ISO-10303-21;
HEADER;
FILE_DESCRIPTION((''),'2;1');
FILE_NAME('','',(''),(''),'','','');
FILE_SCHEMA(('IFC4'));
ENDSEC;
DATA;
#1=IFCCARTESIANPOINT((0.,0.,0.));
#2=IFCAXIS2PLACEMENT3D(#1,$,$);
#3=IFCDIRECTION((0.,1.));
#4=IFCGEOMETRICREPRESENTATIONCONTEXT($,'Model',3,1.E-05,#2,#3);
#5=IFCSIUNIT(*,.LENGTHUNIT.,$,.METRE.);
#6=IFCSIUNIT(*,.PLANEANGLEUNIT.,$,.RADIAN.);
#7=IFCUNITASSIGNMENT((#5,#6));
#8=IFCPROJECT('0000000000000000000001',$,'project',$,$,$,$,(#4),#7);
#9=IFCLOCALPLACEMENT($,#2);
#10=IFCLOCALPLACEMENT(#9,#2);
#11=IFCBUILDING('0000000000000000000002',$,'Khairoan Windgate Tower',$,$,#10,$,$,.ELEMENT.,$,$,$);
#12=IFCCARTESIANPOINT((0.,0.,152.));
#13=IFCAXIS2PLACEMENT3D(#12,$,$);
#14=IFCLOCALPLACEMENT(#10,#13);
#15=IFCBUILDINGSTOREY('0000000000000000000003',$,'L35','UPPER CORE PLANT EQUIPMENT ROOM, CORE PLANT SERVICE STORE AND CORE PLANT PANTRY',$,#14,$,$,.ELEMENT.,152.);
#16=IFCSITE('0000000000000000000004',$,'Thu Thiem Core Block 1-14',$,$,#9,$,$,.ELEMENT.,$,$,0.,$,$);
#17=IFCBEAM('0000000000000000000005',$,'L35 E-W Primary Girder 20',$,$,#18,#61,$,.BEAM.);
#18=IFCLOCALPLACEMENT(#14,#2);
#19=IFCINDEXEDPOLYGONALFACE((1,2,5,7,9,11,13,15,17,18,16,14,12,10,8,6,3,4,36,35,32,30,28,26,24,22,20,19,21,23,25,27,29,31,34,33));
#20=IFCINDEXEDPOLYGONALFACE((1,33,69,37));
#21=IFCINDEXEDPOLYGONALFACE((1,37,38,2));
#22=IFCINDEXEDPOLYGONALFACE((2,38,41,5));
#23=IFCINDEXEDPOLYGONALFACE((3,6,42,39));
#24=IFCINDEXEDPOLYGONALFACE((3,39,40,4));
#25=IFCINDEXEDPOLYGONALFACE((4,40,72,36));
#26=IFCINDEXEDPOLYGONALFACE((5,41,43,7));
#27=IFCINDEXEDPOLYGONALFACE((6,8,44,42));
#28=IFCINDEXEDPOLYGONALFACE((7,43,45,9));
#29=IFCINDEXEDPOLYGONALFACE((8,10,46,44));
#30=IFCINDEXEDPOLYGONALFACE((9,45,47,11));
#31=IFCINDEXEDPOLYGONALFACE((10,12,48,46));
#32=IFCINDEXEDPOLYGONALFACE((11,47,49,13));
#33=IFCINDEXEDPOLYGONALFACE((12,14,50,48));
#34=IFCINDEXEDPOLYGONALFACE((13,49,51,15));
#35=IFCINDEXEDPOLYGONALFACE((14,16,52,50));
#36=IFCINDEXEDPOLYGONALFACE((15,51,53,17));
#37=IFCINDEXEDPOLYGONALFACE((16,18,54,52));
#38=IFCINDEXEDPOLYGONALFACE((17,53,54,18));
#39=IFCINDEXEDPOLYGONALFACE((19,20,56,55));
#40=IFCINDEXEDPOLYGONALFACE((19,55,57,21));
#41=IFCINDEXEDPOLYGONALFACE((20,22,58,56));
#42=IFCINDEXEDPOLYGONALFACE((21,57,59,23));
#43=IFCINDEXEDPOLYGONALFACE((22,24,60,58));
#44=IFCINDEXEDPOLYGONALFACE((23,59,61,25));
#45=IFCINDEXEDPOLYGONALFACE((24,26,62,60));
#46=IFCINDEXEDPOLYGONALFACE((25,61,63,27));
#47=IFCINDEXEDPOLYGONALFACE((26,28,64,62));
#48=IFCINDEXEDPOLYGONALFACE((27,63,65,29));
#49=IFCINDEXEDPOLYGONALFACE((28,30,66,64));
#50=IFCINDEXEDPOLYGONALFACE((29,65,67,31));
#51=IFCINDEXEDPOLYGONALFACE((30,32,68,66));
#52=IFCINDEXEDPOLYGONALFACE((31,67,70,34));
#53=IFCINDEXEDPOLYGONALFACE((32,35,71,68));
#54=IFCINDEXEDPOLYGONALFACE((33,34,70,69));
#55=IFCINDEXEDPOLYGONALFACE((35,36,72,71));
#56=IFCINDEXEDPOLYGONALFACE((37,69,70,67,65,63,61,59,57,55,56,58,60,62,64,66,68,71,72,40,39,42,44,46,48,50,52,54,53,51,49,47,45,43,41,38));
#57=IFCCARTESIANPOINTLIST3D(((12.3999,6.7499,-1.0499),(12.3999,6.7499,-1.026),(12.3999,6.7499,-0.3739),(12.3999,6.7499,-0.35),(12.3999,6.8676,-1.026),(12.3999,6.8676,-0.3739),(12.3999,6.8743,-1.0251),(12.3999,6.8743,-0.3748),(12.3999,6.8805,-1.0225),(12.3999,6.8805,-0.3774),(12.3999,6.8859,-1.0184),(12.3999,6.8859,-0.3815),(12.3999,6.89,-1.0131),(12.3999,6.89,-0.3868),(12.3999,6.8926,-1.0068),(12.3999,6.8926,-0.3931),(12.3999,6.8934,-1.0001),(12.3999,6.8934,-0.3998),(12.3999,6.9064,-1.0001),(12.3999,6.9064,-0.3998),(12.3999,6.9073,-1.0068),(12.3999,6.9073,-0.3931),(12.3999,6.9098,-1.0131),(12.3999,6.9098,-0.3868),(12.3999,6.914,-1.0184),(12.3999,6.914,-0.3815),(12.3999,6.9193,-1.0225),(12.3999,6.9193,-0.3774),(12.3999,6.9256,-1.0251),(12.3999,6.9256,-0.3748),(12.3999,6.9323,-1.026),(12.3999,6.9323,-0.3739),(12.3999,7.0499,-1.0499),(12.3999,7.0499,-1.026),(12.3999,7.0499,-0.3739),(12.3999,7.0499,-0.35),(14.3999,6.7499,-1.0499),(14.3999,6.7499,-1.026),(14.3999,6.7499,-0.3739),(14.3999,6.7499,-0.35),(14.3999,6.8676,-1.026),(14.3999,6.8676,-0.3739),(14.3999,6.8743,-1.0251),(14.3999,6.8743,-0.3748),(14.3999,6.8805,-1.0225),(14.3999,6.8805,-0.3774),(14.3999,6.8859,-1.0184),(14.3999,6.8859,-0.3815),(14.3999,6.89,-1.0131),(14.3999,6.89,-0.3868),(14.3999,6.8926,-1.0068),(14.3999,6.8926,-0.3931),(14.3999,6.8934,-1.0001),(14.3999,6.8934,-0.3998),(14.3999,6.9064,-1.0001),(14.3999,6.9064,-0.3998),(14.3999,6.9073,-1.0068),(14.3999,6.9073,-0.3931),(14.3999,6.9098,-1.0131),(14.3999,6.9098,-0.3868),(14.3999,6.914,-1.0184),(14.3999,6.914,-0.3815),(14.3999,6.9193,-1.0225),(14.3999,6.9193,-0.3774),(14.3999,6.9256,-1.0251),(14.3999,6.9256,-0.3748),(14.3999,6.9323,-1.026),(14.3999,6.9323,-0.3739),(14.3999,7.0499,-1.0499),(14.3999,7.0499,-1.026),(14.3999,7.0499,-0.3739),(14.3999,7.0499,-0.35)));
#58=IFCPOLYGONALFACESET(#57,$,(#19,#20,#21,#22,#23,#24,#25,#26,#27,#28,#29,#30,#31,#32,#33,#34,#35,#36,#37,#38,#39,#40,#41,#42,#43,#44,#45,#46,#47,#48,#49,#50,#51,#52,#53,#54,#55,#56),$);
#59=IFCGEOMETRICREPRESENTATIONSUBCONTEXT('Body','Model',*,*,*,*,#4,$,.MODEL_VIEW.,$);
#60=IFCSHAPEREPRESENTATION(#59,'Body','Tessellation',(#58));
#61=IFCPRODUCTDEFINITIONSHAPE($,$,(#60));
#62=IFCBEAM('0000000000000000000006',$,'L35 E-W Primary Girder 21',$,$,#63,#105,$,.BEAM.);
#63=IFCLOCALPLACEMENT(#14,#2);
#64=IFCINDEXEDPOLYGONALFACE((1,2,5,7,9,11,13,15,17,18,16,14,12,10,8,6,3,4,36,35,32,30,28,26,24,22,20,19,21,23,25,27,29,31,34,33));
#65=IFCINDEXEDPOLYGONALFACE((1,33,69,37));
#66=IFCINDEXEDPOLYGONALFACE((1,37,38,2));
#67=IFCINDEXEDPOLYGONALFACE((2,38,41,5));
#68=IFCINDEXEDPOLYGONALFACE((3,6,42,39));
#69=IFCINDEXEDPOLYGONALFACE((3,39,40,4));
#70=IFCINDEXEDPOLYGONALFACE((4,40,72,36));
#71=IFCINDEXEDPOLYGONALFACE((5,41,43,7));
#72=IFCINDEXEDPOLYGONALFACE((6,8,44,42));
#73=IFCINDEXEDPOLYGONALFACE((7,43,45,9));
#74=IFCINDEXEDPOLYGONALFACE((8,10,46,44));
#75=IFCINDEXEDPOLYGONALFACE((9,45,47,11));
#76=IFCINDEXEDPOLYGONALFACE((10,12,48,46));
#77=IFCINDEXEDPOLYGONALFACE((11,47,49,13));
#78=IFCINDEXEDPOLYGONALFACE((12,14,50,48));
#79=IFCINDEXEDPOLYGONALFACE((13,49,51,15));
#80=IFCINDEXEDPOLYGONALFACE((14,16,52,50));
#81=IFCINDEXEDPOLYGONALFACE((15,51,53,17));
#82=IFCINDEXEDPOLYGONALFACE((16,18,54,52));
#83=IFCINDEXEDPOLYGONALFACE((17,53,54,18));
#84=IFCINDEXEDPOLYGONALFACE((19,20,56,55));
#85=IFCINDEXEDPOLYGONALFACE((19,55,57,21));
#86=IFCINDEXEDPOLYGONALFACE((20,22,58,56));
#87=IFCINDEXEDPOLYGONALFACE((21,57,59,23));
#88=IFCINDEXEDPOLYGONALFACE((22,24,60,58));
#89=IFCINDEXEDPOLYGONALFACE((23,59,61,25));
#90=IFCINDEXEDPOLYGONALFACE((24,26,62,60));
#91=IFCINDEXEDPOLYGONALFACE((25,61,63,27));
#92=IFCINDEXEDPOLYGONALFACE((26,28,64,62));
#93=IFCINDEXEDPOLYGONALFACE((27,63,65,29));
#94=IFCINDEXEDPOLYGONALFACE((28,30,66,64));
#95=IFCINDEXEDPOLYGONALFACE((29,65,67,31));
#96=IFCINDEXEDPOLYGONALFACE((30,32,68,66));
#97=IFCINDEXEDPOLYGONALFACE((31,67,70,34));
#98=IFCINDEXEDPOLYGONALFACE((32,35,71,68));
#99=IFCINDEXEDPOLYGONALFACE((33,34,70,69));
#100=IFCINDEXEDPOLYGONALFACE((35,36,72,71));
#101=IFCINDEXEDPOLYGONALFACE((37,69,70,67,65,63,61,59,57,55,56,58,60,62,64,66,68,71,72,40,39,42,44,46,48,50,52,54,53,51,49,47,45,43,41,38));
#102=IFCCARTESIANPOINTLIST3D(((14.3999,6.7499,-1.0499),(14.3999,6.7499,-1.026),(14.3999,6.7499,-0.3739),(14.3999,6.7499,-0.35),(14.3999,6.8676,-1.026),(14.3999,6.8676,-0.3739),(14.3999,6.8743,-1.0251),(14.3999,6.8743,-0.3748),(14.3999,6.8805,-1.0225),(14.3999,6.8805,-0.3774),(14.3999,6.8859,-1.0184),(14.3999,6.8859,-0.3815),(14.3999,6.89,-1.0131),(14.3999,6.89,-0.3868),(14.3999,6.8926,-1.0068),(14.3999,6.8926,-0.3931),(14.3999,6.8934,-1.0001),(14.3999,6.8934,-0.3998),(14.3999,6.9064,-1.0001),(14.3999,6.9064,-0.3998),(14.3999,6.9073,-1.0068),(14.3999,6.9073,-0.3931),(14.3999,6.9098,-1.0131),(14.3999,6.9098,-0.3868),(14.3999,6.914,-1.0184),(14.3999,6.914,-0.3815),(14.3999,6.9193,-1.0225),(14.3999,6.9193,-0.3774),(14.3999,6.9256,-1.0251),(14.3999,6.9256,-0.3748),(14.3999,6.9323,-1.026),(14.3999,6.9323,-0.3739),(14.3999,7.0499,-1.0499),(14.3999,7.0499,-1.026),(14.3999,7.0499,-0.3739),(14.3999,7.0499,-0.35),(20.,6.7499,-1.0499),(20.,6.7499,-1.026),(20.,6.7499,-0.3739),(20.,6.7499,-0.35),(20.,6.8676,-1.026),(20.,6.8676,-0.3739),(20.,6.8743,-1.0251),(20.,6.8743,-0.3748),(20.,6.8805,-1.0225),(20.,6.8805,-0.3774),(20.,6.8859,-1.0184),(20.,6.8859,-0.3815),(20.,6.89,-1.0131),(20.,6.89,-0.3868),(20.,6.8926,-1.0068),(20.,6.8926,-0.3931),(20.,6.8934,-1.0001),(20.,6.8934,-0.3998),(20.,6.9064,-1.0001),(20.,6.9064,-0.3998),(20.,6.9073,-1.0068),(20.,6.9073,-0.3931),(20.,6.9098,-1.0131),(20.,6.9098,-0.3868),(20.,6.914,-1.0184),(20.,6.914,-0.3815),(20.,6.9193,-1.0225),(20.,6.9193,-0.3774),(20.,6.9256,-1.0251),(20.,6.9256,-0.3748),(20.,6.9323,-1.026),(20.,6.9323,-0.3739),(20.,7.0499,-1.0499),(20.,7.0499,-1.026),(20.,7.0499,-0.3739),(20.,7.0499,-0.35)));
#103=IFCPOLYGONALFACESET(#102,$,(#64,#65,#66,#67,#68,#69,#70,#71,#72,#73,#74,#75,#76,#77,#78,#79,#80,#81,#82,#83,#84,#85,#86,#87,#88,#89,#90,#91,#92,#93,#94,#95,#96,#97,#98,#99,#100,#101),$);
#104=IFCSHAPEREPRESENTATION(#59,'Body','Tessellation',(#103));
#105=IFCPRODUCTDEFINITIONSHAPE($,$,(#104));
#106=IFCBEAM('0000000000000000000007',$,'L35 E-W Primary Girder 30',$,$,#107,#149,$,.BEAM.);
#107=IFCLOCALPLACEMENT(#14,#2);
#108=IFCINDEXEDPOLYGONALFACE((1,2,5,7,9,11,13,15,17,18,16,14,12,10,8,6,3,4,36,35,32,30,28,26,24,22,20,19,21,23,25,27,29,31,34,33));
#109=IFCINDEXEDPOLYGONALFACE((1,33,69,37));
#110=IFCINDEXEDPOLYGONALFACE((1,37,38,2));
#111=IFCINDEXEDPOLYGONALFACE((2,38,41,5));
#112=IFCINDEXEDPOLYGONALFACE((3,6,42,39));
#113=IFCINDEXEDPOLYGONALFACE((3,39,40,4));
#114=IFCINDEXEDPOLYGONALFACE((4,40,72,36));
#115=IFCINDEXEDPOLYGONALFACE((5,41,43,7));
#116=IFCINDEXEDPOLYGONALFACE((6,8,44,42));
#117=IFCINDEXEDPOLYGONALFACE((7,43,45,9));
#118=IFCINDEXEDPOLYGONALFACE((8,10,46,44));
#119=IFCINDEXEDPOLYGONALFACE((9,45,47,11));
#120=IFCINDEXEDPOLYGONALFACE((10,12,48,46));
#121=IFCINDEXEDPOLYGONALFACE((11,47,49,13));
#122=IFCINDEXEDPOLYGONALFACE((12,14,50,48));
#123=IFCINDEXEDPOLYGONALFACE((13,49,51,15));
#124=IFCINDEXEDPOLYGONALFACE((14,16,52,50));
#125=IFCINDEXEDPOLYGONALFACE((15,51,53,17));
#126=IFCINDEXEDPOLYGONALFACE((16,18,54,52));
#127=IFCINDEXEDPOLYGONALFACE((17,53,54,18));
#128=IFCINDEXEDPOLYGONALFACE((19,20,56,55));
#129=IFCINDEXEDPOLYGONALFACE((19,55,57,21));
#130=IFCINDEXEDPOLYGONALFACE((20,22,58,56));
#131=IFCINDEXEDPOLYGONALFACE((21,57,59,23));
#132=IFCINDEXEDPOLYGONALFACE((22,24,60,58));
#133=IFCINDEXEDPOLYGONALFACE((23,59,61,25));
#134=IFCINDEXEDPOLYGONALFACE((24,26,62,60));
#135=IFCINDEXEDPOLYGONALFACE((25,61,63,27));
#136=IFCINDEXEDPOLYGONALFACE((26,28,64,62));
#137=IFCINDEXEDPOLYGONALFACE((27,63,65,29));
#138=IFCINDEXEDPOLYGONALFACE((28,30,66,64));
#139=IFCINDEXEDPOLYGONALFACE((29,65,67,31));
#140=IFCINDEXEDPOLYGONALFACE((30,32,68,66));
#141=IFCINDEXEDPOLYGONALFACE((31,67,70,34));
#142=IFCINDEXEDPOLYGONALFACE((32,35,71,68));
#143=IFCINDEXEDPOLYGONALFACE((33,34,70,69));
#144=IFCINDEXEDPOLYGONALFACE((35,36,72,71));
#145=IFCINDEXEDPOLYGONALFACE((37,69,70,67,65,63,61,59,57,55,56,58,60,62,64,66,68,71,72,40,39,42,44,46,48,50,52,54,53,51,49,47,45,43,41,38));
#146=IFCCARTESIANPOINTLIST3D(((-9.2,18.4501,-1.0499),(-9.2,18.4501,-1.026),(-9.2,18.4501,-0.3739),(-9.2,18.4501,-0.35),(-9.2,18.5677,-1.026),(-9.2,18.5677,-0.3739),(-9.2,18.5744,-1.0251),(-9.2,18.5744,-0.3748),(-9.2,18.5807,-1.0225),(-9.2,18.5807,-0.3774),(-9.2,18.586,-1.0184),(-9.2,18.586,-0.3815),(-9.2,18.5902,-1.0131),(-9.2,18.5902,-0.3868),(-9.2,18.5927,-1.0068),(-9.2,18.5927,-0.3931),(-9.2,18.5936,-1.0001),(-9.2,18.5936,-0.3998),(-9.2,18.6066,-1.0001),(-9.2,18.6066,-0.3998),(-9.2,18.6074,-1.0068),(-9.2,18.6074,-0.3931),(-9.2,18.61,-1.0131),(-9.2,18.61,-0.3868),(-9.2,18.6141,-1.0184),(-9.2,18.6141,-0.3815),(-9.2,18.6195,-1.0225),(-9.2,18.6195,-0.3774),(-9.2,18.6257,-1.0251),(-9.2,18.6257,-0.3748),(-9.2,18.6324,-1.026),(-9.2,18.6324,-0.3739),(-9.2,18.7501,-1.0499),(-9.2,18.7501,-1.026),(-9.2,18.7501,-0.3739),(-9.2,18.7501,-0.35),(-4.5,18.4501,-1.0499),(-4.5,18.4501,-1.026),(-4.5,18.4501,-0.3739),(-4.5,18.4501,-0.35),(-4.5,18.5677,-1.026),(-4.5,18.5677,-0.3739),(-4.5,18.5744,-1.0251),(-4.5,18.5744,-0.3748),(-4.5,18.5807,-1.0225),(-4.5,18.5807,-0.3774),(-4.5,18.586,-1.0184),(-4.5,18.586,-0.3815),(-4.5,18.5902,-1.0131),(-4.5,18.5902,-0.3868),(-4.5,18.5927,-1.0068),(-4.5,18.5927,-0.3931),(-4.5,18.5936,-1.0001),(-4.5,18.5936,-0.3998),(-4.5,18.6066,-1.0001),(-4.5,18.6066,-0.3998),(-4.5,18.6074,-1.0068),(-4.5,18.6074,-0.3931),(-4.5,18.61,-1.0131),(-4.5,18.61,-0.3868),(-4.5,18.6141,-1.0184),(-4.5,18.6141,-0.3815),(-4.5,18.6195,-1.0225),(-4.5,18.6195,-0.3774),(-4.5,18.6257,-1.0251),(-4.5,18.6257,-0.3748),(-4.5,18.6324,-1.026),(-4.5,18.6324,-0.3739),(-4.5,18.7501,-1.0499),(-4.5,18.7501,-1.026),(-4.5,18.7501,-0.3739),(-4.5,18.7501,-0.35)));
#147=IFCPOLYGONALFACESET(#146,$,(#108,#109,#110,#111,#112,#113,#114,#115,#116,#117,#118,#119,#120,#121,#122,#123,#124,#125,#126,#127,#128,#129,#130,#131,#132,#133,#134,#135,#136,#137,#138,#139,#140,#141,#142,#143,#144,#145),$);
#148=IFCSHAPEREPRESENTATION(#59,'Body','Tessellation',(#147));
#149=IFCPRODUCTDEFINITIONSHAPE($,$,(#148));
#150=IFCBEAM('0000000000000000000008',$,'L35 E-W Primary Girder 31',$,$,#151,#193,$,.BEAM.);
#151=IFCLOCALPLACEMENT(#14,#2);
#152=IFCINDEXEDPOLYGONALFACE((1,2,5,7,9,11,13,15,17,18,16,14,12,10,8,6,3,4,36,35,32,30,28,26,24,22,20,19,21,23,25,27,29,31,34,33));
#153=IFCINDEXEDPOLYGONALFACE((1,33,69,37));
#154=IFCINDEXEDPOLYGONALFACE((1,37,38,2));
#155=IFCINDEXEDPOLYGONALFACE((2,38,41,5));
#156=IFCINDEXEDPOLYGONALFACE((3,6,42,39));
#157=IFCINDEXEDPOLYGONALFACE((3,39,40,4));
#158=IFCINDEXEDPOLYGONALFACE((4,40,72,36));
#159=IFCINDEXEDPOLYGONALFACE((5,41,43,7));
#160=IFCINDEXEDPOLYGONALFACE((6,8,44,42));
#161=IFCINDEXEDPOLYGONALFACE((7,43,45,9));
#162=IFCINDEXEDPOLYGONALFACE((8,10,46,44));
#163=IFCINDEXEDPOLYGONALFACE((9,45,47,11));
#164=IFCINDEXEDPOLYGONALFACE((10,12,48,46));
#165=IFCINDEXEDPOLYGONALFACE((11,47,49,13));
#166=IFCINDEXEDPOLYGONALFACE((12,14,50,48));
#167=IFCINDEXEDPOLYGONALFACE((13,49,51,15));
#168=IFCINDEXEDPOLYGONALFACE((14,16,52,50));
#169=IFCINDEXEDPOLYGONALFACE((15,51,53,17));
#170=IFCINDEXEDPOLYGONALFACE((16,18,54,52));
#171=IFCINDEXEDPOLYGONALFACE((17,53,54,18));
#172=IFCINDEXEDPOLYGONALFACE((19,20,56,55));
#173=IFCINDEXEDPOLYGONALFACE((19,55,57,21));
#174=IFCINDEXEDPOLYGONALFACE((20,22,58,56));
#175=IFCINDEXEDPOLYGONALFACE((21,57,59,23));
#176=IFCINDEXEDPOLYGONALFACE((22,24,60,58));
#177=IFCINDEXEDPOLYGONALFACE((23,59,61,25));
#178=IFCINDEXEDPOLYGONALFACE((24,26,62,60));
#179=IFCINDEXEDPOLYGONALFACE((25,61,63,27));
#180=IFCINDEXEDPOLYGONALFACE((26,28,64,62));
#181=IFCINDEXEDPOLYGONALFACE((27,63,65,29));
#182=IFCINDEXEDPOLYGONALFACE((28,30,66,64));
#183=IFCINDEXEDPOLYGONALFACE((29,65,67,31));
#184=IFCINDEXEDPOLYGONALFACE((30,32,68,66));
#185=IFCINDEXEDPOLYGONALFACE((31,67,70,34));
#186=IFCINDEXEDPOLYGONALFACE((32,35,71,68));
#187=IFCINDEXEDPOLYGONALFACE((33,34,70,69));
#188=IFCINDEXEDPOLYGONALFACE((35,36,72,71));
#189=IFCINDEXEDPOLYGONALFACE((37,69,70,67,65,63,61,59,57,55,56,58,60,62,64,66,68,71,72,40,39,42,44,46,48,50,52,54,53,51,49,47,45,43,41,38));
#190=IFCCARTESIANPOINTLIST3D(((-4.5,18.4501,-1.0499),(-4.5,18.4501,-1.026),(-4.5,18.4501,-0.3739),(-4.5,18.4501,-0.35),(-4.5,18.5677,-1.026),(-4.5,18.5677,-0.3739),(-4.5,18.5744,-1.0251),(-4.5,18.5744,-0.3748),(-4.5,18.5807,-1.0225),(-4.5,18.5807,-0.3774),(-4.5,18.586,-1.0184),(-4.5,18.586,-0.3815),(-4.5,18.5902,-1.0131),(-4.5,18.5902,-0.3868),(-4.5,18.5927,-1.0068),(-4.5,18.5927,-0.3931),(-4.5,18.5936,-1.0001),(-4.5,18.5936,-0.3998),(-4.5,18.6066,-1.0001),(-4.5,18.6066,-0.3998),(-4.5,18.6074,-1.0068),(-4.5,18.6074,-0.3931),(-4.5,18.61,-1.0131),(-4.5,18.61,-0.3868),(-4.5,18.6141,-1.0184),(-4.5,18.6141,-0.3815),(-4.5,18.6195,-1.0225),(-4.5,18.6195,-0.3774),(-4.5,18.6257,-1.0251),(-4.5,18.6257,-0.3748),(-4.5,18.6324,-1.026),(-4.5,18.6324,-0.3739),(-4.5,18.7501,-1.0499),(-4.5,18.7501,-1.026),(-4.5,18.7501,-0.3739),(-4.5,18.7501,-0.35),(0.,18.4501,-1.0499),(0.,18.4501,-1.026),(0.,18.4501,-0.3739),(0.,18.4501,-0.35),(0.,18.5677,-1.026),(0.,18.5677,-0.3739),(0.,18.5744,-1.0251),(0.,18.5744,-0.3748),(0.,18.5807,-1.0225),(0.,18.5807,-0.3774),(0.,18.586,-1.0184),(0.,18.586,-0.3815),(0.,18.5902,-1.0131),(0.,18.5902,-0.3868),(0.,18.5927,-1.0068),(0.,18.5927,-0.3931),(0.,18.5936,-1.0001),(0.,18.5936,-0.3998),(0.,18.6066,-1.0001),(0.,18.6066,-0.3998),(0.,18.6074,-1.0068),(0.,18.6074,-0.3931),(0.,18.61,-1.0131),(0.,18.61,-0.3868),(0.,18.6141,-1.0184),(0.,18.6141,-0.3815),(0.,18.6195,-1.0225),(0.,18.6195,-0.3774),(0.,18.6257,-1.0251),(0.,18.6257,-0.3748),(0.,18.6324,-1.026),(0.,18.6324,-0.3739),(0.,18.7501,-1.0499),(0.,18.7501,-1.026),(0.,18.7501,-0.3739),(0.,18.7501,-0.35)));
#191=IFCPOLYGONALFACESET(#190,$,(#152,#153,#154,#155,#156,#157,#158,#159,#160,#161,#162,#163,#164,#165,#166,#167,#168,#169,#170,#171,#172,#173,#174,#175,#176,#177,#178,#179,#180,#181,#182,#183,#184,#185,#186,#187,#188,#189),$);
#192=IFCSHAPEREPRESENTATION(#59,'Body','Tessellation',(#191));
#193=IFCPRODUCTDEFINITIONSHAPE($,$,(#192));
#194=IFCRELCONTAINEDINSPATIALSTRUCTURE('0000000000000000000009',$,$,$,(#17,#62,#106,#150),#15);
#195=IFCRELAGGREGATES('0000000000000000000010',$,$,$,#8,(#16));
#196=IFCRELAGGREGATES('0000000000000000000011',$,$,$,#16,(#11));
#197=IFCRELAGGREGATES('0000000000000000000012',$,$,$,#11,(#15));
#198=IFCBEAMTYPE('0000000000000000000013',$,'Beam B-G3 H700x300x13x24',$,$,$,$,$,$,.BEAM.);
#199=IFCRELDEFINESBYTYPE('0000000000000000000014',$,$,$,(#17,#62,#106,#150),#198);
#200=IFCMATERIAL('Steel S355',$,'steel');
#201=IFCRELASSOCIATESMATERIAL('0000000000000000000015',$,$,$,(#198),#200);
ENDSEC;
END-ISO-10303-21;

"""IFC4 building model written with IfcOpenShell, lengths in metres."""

from ifc_helpers import new_model, si_unit, direction, frame, origin, origin_2d, place, context, subcontext, project, spatial, i_section, extrude, material, material_profile, profile_set, type_object, element, save


model = new_model("IFC4")

# Units and contexts
model_context = context("Model", 3, precision=1e-05, world=origin(), true_north=direction((0.0, 1.0)))
body_context = subcontext(model_context, "Body", "Model", "MODEL_VIEW")
ifc_project = project(units=[si_unit("LENGTHUNIT", "METRE"), si_unit("PLANEANGLEUNIT", "RADIAN")], contexts=[model_context])

# Site, building, storey
site_placement = place(None, origin())
site = spatial("IfcSite", under=ifc_project, at=site_placement, Name="Thu Thiem Core Block 1-14", CompositionType="ELEMENT", RefElevation=0.0)
building_placement = place(site_placement, origin())
building = spatial("IfcBuilding", under=site, at=building_placement, Name="Khairoan Windgate Tower", CompositionType="ELEMENT")
storey_placement = place(building_placement, frame((0.0, 0.0, 152.0)))
storey = spatial("IfcBuildingStorey", under=building, at=storey_placement, Name="L35", Description="UPPER CORE PLANT EQUIPMENT ROOM, CORE PLANT SERVICE STORE AND CORE PLANT PANTRY", CompositionType="ELEMENT", Elevation=152.0)

# Beams
ifc_material_1 = material(Name="Steel S355", Category="steel")
ifc_material_profile_1 = material_profile(ifc_material_1, i_section(OverallWidth=0.3, OverallDepth=0.7, WebThickness=0.0129, FlangeThickness=0.0239, FilletRadius=0.0259, at=origin_2d()))
ifc_profile_set_1 = profile_set([ifc_material_profile_1], Name="Steel S355")
beam_type_1 = type_object("IfcBeamType", Name="Beam B-G3 H700x300x13x24", PredefinedType="BEAM", material=ifc_profile_set_1)
beam_1_placement = place(storey_placement, frame((12.3999, 6.8999, -0.7), z_axis=(1.0, 0.0, 0.0), x_axis=(0.0, 1.0, 0.0)))
element("IfcBeam", 1, at=beam_1_placement, inside=storey, type_object=beam_type_1, Name="L35 E-W Primary Girder 20", PredefinedType="BEAM", context=body_context, shape_type="SweptSolid", body=[
    extrude(i_section(OverallWidth=0.3, OverallDepth=0.7, WebThickness=0.0129, FlangeThickness=0.0239, FilletRadius=0.0259, at=origin_2d()), origin(), (0.0, 0.0, 1.0), 2.0),
])
beam_2_placement = place(storey_placement, frame((14.3999, 6.8999, -0.7), z_axis=(1.0, 0.0, 0.0), x_axis=(0.0, 1.0, 0.0)))
element("IfcBeam", 2, at=beam_2_placement, inside=storey, type_object=beam_type_1, Name="L35 E-W Primary Girder 21", PredefinedType="BEAM", context=body_context, shape_type="SweptSolid", body=[
    extrude(i_section(OverallWidth=0.3, OverallDepth=0.7, WebThickness=0.0129, FlangeThickness=0.0239, FilletRadius=0.0259, at=origin_2d()), origin(), (0.0, 0.0, 1.0), 5.6001),
])
beam_3_placement = place(storey_placement, frame((-9.2, 18.6001, -0.7), z_axis=(1.0, 0.0, 0.0), x_axis=(0.0, 1.0, 0.0)))
element("IfcBeam", 3, at=beam_3_placement, inside=storey, type_object=beam_type_1, Name="L35 E-W Primary Girder 30", PredefinedType="BEAM", context=body_context, shape_type="SweptSolid", body=[
    extrude(i_section(OverallWidth=0.3, OverallDepth=0.7, WebThickness=0.0129, FlangeThickness=0.0239, FilletRadius=0.0259, at=origin_2d()), origin(), (0.0, 0.0, 1.0), 4.7),
])
for number, where, z_axis, x_axis, name in (
    (4, (-4.5, 18.6001, -0.7), (1.0, 0.0, 0.0), (0.0, 1.0, 0.0), "L35 E-W Primary Girder 31"),
):
    element("IfcBeam", number, at=place(storey_placement, frame(where, z_axis=z_axis, x_axis=x_axis)), inside=storey, type_object=beam_type_1, Name=name, PredefinedType="BEAM", context=body_context, shape_type="SweptSolid", body=[
        extrude(i_section(OverallWidth=0.3, OverallDepth=0.7, WebThickness=0.0129, FlangeThickness=0.0239, FilletRadius=0.0259, at=origin_2d()), origin(), (0.0, 0.0, 1.0), 4.5),
    ])

save(model, "model.ifc")
